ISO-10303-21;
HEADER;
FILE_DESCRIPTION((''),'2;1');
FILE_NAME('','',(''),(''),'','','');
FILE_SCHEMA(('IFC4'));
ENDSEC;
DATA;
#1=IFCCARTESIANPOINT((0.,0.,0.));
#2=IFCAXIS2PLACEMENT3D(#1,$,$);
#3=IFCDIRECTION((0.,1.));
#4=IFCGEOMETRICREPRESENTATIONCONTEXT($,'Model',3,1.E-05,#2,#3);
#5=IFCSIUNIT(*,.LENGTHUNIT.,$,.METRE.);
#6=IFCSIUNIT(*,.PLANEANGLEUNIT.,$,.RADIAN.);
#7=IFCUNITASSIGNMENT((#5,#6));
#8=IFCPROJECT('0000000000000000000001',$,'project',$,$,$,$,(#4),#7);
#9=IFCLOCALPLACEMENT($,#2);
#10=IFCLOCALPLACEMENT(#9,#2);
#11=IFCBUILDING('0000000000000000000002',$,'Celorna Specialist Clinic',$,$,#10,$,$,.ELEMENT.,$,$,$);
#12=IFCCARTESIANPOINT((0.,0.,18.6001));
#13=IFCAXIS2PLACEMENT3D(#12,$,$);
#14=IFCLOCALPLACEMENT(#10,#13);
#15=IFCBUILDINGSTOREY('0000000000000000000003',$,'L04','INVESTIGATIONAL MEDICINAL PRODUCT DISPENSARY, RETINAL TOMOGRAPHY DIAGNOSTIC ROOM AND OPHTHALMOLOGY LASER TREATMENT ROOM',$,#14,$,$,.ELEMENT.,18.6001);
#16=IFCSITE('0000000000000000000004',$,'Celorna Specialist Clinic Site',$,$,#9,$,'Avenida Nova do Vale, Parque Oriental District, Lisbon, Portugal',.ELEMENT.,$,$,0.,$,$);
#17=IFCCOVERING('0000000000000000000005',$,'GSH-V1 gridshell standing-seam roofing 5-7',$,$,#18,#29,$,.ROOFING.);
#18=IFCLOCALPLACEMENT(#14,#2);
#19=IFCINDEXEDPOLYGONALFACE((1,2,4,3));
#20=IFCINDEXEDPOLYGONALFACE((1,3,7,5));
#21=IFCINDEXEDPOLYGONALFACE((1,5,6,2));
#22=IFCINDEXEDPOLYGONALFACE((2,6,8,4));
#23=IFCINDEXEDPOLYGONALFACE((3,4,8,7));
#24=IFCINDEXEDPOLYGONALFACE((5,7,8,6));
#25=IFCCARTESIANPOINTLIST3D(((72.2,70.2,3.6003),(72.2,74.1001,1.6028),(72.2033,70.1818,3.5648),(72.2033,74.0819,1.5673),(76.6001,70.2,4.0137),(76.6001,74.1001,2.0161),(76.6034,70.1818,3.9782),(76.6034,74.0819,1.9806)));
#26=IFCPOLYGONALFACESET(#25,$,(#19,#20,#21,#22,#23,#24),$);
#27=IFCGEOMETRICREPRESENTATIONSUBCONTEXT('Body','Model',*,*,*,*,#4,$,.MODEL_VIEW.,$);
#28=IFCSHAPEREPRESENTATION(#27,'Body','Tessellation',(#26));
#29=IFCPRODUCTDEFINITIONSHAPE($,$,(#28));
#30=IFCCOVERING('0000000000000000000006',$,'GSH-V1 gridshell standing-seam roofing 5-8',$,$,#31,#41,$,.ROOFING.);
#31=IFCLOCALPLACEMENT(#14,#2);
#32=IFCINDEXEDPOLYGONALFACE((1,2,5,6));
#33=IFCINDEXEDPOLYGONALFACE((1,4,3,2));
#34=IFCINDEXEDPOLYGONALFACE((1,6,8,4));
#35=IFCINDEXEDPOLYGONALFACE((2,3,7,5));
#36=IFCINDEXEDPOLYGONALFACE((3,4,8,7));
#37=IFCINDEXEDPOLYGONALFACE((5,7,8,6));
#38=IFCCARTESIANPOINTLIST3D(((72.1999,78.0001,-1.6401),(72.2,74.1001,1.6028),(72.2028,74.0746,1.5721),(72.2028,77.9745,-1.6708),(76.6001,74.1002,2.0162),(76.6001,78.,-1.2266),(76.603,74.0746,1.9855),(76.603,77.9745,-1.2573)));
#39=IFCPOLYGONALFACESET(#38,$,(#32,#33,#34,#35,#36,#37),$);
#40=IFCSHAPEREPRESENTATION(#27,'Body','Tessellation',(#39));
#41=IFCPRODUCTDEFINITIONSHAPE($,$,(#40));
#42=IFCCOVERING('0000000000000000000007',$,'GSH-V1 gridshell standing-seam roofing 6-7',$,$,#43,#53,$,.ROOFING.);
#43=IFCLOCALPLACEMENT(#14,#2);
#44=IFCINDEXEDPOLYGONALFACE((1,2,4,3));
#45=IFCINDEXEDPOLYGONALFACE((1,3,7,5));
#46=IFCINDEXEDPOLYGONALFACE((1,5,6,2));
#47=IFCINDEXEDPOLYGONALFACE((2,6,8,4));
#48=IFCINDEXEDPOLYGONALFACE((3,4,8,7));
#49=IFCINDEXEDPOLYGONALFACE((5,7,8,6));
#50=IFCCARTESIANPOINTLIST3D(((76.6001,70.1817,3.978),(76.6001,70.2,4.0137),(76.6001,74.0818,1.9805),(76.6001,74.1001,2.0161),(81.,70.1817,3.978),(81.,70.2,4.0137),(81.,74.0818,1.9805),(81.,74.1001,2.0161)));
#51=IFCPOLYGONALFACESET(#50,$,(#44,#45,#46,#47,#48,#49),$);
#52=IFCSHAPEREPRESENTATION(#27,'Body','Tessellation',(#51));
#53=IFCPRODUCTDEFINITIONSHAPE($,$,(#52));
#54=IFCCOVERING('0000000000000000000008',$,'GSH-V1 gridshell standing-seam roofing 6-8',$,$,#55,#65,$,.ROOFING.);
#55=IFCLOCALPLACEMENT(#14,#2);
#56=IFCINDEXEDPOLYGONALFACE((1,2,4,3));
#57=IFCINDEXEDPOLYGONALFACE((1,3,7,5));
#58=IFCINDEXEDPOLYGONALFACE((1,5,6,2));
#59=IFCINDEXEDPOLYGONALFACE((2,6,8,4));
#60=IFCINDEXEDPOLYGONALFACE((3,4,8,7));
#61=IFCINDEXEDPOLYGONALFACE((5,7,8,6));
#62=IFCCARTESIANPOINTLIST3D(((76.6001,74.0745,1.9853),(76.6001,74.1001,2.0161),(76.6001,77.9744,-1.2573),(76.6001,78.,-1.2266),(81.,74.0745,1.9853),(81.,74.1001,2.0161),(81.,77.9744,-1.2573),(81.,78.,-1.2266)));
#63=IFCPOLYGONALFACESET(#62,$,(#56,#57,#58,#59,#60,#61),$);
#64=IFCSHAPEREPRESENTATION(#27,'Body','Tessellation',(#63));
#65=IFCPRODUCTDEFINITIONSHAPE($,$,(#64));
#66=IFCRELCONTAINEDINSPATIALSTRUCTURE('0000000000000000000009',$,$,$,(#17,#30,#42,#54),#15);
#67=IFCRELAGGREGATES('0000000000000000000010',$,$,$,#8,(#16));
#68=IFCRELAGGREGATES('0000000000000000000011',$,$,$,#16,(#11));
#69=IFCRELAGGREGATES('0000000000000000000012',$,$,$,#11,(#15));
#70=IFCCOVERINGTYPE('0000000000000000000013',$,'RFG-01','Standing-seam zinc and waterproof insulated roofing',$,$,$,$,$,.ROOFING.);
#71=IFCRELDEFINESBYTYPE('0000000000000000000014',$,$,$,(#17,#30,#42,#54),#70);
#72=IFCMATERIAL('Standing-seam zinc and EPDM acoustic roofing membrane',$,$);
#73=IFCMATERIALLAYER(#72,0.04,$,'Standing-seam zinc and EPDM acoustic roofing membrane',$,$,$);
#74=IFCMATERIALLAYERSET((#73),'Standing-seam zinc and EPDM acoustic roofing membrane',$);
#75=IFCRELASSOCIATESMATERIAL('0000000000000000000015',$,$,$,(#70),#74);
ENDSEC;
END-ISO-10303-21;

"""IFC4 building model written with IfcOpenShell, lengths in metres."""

from ifc_helpers import new_model, si_unit, direction, frame, origin, place, context, subcontext, project, spatial, polyline, outline, extrude, material, layer, layer_set, type_object, element, save


model = new_model("IFC4")

# Units and contexts
model_context = context("Model", 3, precision=1e-05, world=origin(), true_north=direction((0.0, 1.0)))
body_context = subcontext(model_context, "Body", "Model", "MODEL_VIEW")
ifc_project = project(units=[si_unit("LENGTHUNIT", "METRE"), si_unit("PLANEANGLEUNIT", "RADIAN")], contexts=[model_context])

# Site, building, storey
site_placement = place(None, origin())
site = spatial("IfcSite", under=ifc_project, at=site_placement, Name="Celorna Specialist Clinic Site", LongName="Avenida Nova do Vale, Parque Oriental District, Lisbon, Portugal", CompositionType="ELEMENT", RefElevation=0.0)
building_placement = place(site_placement, origin())
building = spatial("IfcBuilding", under=site, at=building_placement, Name="Celorna Specialist Clinic", CompositionType="ELEMENT")
storey_placement = place(building_placement, frame((0.0, 0.0, 18.6001)))
storey = spatial("IfcBuildingStorey", under=building, at=storey_placement, Name="L04", Description="INVESTIGATIONAL MEDICINAL PRODUCT DISPENSARY, RETINAL TOMOGRAPHY DIAGNOSTIC ROOM AND OPHTHALMOLOGY LASER TREATMENT ROOM", CompositionType="ELEMENT", Elevation=18.6001)

# Coverings
ifc_material_1 = material(Name="Standing-seam zinc and EPDM acoustic roofing membrane")
ifc_layer_1 = layer(ifc_material_1, 0.04, Name="Standing-seam zinc and EPDM acoustic roofing membrane")
ifc_layer_set_1 = layer_set([ifc_layer_1], Name="Standing-seam zinc and EPDM acoustic roofing membrane")
covering_type = type_object("IfcCoveringType", Name="RFG-01", Description="Standing-seam zinc and waterproof insulated roofing", PredefinedType="ROOFING", material=ifc_layer_set_1)
covering_1_placement = place(storey_placement, frame((72.2, 70.2, 3.6003), z_axis=(-0.083317, 0.454277, 0.886956), x_axis=(0.995617, 0.0, 0.093524)))
element("IfcCovering", 1, at=covering_1_placement, inside=storey, type_object=covering_type, Name="GSH-V1 gridshell standing-seam roofing 5-7", PredefinedType="ROOFING", context=body_context, shape_type="SweptSolid", body=[
    extrude(outline(polyline([(0.0, 0.0), (4.4195, 0.0), (4.2327, 4.378), (-0.1868, 4.378), (0.0, 0.0)])), origin(), (0.0, 0.0, -1.0), 0.04),
])
covering_2_placement = place(storey_placement, frame((72.2, 74.1001, 1.6028), z_axis=(-0.072062, 0.637693, 0.766912), x_axis=(0.995616, 0.000014, 0.09354)))
element("IfcCovering", 2, at=covering_2_placement, inside=storey, type_object=covering_type, Name="GSH-V1 gridshell standing-seam roofing 5-8", PredefinedType="ROOFING", context=body_context, shape_type="SweptSolid", body=[
    extrude(outline(polyline([(0.0, 0.0), (4.4195, 0.0), (4.1162, 5.0628), (-0.3033, 5.063), (0.0, 0.0)])), origin(), (0.0, 0.0, -1.0), 0.04),
])
covering_3_placement = place(storey_placement, frame((76.6001, 70.2, 4.0137), z_axis=(0.0, 0.455862, 0.890051), x_axis=(1.0, 0.0, 0.0)))
element("IfcCovering", 3, at=covering_3_placement, inside=storey, type_object=covering_type, Name="GSH-V1 gridshell standing-seam roofing 6-7", PredefinedType="ROOFING", context=body_context, shape_type="SweptSolid", body=[
    extrude(outline(polyline([(0.0, 0.0), (4.3999, 0.0), (4.3999, 4.3819), (0.0, 4.3819), (0.0, 0.0)])), origin(), (0.0, 0.0, -1.0), 0.04),
])
covering_4_placement = place(storey_placement, frame((76.6001, 74.1001, 2.0161), z_axis=(0.0, 0.639341, 0.768923), x_axis=(1.0, 0.0, 0.0)))
element("IfcCovering", 4, at=covering_4_placement, inside=storey, type_object=covering_type, Name="GSH-V1 gridshell standing-seam roofing 6-8", PredefinedType="ROOFING", context=body_context, shape_type="SweptSolid", body=[
    extrude(outline(polyline([(0.0, 0.0), (4.3999, 0.0), (4.3999, 5.0719), (0.0, 5.0719), (0.0, 0.0)])), origin(), (0.0, 0.0, -1.0), 0.04),
])

save(model, "model.ifc")
